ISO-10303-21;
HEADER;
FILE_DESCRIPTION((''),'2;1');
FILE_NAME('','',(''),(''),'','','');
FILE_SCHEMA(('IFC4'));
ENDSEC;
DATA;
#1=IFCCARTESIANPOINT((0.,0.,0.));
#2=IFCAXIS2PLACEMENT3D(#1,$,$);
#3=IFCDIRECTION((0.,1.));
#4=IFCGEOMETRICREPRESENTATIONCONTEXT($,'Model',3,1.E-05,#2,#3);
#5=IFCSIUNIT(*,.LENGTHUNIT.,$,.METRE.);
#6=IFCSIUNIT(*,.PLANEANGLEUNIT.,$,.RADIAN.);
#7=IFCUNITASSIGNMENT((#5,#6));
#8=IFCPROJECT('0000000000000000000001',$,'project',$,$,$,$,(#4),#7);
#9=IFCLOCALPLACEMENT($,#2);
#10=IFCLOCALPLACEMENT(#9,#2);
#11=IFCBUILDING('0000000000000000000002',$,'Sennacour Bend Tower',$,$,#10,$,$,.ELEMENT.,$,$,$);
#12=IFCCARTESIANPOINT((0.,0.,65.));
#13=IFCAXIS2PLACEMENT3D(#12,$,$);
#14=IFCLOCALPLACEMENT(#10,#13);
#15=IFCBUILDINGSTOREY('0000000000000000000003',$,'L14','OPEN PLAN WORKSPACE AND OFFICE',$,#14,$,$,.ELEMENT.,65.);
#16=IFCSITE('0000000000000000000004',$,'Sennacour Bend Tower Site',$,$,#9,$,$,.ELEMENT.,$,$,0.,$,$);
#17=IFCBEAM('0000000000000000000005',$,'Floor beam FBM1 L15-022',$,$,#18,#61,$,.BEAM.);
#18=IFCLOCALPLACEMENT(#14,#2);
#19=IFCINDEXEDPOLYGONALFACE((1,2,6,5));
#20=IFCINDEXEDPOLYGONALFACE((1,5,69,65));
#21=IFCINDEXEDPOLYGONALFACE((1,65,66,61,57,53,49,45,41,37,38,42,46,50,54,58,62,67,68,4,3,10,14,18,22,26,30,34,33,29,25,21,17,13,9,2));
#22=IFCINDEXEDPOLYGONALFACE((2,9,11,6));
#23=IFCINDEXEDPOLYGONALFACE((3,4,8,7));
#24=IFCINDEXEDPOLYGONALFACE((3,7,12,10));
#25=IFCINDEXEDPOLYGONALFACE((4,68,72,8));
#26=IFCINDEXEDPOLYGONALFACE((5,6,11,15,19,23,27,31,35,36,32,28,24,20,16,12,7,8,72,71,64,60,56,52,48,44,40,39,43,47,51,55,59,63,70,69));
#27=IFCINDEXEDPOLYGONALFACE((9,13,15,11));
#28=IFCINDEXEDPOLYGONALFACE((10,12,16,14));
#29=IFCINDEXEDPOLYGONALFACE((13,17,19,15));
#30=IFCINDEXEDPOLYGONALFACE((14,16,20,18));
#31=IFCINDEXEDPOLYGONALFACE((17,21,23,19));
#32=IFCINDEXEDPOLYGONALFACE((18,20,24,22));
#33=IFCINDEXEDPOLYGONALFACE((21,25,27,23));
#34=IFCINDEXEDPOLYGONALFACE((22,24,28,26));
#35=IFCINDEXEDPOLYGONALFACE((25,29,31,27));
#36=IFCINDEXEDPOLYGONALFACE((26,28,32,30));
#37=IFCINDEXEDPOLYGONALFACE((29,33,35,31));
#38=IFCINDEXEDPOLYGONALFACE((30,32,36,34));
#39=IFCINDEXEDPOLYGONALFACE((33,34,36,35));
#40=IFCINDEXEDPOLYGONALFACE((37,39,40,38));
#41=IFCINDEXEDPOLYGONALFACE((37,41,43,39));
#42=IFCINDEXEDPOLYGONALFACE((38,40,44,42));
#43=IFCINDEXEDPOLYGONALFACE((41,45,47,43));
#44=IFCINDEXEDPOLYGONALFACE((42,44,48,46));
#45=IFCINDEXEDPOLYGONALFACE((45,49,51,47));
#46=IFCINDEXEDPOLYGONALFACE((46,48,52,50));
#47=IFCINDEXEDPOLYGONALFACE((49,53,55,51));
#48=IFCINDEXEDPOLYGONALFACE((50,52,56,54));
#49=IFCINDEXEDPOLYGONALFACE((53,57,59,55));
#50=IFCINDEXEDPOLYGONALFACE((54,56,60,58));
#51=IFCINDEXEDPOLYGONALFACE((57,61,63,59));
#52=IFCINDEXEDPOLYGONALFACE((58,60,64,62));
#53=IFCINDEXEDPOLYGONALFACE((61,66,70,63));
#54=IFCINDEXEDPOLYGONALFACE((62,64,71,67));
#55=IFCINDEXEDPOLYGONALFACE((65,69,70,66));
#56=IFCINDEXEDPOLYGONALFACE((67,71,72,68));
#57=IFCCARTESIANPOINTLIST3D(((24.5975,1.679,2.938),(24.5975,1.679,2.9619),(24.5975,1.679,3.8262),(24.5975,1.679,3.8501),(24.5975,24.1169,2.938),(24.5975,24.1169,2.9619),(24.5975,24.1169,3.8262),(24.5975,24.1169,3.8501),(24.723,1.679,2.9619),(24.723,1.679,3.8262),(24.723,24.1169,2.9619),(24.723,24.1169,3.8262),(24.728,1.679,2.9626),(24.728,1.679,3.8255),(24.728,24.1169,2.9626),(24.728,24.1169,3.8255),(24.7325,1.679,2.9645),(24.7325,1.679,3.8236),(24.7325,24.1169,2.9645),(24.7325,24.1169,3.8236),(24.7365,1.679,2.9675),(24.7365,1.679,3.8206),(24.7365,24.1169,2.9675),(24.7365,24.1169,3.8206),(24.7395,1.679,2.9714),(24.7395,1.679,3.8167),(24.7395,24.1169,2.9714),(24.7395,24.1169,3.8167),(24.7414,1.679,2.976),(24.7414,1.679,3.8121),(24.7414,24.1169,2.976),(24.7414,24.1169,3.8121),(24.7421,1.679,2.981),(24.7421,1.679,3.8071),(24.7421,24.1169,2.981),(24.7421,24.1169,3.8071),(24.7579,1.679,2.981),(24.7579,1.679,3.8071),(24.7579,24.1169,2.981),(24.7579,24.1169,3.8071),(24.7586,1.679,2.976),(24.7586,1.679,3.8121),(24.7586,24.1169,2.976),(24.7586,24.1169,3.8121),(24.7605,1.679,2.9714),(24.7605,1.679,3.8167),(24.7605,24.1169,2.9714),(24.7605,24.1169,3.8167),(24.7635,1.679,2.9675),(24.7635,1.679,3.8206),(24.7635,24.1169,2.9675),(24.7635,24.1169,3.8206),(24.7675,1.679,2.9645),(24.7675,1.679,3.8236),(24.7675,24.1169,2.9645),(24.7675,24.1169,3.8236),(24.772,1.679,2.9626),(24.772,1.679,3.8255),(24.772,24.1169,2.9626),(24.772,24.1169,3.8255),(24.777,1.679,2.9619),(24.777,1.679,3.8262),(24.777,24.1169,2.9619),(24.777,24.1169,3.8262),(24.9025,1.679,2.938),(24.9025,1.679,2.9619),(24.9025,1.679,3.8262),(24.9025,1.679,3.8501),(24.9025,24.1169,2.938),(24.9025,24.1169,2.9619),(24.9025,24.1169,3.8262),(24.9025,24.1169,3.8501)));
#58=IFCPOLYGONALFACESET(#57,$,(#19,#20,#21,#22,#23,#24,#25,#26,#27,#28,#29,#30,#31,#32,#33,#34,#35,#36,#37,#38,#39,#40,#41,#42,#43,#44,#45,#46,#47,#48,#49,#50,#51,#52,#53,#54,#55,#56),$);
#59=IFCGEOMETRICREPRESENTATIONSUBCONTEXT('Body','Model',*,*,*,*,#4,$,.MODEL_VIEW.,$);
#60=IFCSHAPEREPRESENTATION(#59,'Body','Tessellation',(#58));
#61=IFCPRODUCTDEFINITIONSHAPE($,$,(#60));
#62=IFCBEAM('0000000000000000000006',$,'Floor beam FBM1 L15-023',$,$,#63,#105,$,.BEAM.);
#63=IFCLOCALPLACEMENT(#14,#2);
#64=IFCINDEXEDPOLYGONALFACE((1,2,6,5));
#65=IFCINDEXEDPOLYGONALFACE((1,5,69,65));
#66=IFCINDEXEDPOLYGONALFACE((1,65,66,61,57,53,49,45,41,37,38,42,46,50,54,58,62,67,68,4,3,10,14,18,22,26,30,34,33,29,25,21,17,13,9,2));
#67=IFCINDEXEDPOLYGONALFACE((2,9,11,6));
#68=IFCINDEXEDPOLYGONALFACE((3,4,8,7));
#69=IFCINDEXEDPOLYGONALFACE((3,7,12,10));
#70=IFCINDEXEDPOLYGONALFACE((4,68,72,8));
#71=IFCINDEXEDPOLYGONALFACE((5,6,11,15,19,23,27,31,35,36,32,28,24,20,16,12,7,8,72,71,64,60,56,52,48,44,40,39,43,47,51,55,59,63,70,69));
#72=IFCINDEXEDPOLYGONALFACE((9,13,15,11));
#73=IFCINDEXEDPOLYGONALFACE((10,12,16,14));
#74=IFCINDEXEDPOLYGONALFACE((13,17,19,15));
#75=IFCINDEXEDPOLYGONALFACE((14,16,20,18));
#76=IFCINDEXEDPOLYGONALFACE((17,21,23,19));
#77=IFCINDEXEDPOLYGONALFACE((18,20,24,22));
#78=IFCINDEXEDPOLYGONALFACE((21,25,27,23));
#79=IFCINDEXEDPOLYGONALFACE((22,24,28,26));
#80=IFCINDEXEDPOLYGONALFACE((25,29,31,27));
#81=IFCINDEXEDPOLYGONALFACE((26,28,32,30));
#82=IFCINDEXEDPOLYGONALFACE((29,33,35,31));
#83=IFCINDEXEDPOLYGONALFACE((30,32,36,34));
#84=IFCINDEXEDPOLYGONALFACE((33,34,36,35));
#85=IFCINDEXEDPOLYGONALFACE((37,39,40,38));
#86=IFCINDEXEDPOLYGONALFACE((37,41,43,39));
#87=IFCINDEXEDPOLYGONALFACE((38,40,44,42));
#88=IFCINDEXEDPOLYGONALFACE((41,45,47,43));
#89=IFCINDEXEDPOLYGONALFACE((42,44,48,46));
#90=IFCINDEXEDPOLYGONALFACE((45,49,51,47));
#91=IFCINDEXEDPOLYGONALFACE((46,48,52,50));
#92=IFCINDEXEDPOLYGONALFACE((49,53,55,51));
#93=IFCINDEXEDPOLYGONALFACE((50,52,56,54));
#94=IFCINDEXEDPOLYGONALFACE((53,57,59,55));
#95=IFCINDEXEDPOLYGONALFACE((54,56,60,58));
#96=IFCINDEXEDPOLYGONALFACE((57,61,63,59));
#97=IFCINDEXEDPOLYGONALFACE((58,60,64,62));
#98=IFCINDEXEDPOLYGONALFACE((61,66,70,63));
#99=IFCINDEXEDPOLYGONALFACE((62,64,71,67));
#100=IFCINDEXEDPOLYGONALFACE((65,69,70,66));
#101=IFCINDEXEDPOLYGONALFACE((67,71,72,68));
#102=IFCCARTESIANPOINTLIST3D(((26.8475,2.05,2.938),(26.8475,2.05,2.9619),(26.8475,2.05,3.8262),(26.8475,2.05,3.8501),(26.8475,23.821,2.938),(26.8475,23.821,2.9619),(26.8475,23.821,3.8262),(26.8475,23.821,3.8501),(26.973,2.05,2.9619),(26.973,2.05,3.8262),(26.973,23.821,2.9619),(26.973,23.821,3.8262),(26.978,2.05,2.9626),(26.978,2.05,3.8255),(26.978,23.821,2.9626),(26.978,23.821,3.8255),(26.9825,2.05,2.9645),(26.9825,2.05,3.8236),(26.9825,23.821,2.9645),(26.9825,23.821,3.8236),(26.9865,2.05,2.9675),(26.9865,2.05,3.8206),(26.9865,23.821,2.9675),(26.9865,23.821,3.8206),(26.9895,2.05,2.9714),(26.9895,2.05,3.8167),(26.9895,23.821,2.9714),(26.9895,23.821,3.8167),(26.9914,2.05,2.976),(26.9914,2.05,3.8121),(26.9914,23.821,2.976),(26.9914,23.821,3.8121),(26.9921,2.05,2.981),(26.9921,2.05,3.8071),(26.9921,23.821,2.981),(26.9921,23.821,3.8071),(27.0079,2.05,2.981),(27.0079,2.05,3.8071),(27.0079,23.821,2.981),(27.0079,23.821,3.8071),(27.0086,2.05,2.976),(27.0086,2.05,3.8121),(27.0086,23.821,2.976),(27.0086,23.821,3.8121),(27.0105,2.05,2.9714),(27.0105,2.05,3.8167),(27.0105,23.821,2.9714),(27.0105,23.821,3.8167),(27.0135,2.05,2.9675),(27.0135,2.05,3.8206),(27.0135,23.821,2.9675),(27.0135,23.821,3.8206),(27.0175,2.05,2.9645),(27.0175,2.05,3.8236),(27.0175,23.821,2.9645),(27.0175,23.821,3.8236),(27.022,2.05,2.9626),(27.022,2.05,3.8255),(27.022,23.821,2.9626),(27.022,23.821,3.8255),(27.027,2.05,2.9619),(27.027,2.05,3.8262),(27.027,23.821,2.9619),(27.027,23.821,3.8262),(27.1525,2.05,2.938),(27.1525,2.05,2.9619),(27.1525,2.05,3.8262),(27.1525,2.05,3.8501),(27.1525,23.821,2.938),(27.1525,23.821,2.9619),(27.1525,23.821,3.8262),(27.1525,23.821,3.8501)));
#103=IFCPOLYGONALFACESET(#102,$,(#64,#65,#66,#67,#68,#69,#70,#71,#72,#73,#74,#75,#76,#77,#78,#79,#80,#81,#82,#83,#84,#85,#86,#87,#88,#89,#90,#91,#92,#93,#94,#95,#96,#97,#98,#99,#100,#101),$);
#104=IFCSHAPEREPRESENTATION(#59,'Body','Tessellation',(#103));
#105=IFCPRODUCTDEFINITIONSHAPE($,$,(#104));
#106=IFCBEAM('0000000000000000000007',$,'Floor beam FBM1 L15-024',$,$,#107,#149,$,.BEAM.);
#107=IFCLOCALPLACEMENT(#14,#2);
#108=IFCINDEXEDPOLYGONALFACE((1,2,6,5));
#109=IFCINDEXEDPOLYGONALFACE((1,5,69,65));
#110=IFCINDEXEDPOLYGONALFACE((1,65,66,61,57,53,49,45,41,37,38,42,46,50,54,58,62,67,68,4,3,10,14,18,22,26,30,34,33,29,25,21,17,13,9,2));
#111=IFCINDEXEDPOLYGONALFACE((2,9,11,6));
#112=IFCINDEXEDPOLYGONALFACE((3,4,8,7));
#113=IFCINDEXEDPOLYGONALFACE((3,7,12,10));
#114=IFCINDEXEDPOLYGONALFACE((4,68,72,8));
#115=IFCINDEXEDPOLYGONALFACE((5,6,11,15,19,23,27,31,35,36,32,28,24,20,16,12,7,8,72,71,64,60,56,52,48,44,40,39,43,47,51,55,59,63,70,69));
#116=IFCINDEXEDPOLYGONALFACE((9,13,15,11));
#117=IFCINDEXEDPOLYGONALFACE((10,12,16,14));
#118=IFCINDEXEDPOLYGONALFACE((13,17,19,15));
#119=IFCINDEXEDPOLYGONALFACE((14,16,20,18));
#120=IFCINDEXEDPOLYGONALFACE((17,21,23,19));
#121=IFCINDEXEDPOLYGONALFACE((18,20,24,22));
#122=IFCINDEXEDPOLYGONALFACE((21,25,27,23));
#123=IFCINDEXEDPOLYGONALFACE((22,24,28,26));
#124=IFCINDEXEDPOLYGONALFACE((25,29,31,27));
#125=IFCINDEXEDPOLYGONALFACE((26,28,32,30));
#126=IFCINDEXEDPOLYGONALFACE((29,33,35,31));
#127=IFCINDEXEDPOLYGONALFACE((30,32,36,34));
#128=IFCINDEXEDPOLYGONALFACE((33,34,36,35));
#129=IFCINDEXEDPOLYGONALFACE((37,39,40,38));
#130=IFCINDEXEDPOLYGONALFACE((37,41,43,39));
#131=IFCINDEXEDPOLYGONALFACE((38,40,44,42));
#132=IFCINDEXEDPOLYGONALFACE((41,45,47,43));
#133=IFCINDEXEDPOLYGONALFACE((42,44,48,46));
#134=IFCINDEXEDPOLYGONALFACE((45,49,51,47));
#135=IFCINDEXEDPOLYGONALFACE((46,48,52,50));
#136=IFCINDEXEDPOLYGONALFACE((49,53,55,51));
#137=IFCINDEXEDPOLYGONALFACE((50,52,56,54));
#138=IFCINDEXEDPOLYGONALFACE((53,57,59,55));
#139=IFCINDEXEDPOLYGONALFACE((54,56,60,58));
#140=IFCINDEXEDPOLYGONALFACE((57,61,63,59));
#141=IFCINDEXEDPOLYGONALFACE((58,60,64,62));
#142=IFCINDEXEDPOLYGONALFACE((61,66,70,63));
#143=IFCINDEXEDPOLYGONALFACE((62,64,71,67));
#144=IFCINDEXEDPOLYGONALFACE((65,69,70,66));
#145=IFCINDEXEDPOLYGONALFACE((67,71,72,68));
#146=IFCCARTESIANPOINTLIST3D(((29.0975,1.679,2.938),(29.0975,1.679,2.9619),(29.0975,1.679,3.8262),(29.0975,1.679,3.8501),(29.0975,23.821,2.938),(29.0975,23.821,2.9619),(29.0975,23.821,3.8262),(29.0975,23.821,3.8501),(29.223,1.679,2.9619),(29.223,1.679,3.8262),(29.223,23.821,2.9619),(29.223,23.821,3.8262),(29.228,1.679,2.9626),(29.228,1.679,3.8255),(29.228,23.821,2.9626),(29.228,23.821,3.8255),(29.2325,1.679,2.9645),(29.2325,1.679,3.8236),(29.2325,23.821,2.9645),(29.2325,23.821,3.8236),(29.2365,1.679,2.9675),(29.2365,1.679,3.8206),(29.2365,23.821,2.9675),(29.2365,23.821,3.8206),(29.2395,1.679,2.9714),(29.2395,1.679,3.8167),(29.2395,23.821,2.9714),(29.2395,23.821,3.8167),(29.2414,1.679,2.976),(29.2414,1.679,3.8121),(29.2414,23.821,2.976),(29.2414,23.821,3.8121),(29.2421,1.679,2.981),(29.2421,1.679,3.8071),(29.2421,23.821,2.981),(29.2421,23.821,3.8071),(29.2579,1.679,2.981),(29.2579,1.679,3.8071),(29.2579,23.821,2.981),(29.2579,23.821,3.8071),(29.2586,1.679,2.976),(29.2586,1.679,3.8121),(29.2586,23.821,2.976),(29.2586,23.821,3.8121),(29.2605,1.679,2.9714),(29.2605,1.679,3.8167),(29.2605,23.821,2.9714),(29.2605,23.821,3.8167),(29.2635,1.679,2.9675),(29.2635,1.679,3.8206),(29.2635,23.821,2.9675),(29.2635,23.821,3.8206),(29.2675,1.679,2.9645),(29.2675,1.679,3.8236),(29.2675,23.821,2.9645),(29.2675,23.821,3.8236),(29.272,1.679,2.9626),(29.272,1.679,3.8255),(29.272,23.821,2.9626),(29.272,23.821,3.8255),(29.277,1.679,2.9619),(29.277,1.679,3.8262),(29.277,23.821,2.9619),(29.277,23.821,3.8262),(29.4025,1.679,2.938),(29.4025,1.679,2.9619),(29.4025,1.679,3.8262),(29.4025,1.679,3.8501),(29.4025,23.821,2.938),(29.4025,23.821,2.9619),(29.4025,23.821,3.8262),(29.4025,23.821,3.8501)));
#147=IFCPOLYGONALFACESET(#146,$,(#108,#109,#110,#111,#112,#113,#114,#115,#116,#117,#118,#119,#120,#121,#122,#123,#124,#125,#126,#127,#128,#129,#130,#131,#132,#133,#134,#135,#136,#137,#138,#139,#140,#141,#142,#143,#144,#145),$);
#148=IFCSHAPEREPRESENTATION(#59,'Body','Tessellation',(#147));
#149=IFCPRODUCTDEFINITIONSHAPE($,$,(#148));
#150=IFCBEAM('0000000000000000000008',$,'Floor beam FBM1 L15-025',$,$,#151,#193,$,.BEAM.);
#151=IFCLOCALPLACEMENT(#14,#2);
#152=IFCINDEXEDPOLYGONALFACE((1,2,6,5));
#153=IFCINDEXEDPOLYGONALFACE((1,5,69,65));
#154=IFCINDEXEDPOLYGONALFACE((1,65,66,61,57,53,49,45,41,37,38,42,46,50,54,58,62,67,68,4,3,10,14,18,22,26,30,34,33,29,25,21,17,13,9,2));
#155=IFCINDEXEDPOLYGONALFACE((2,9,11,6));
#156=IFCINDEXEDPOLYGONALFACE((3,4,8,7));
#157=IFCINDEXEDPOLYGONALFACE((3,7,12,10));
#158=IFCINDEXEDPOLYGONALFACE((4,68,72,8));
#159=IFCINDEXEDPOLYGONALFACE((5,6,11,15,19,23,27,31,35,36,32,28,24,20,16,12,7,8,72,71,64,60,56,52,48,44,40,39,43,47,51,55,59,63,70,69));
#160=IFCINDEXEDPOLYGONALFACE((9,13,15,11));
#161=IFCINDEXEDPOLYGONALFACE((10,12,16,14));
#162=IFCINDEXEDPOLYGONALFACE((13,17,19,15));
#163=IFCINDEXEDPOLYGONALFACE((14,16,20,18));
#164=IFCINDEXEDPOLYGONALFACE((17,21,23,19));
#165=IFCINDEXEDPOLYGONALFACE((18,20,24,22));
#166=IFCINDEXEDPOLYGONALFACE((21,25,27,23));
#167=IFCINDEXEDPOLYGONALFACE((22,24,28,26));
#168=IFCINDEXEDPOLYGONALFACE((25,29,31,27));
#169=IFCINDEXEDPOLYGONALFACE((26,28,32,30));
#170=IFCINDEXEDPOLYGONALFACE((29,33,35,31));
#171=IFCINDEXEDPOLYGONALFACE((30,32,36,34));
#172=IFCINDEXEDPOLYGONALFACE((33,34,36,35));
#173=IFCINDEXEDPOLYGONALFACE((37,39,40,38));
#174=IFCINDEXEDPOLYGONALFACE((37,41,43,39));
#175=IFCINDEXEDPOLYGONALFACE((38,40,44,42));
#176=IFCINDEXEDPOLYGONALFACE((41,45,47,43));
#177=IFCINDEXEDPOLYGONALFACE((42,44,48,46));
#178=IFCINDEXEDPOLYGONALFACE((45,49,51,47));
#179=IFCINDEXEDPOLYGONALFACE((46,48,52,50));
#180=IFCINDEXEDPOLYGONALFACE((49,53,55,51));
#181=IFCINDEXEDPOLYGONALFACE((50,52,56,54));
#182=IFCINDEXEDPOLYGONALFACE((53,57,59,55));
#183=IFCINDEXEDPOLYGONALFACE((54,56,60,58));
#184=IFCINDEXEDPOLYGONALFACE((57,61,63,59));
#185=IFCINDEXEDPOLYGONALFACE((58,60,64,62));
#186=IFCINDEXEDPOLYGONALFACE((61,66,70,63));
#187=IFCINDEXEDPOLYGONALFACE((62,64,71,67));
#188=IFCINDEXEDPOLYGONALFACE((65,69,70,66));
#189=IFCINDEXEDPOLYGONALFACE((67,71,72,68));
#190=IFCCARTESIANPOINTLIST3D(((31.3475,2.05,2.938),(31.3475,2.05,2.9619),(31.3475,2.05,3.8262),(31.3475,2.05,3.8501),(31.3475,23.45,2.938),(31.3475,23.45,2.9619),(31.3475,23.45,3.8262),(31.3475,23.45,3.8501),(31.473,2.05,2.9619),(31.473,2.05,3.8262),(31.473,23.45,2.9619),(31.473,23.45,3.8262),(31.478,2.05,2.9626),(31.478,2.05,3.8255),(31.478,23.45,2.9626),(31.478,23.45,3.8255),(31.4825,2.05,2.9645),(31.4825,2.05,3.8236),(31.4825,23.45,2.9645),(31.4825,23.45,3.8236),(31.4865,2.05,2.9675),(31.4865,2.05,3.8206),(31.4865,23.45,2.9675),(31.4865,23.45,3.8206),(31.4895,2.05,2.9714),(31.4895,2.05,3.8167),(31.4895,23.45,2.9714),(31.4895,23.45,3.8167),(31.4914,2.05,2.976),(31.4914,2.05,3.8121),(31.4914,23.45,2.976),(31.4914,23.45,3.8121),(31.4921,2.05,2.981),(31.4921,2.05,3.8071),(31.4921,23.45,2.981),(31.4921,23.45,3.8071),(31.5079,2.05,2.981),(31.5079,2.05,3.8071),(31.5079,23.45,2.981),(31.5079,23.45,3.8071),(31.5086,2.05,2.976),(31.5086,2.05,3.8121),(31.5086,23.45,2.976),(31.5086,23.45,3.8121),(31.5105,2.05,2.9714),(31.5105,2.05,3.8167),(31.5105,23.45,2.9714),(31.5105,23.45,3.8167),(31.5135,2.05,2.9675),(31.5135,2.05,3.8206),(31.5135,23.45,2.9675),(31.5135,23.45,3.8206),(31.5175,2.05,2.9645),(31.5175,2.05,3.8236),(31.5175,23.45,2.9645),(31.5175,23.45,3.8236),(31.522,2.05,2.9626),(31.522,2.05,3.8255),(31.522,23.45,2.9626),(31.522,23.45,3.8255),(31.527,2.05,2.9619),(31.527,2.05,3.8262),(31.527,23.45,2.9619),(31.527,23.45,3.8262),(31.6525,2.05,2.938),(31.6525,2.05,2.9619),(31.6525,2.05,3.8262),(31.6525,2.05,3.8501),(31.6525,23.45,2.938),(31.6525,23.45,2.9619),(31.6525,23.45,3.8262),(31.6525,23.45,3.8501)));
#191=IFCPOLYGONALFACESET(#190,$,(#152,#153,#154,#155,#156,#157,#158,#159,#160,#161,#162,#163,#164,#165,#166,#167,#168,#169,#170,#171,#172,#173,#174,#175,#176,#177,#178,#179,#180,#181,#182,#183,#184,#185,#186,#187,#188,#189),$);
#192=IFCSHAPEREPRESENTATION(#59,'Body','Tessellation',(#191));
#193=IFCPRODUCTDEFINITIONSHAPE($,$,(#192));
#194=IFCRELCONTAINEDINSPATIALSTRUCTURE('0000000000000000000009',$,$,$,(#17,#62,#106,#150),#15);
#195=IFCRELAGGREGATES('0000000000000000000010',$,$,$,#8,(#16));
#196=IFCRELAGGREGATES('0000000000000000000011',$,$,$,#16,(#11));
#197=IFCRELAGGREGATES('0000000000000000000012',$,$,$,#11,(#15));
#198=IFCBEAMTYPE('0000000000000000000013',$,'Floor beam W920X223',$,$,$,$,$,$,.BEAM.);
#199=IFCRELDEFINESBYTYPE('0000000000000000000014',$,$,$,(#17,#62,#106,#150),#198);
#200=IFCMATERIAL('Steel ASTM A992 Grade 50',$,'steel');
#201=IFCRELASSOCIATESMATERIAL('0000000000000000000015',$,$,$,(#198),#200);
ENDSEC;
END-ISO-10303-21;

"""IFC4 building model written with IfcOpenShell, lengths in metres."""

from ifc_helpers import new_model, si_unit, direction, frame, origin, origin_2d, place, context, subcontext, project, spatial, i_section, extrude, material, material_profile, profile_set, type_object, element, save


model = new_model("IFC4")

# Units and contexts
model_context = context("Model", 3, precision=1e-05, world=origin(), true_north=direction((0.0, 1.0)))
body_context = subcontext(model_context, "Body", "Model", "MODEL_VIEW")
ifc_project = project(units=[si_unit("LENGTHUNIT", "METRE"), si_unit("PLANEANGLEUNIT", "RADIAN")], contexts=[model_context])

# Site, building, storey
site_placement = place(None, origin())
site = spatial("IfcSite", under=ifc_project, at=site_placement, Name="Sennacour Bend Tower Site", CompositionType="ELEMENT", RefElevation=0.0)
building_placement = place(site_placement, origin())
building = spatial("IfcBuilding", under=site, at=building_placement, Name="Sennacour Bend Tower", CompositionType="ELEMENT")
storey_placement = place(building_placement, frame((0.0, 0.0, 65.0)))
storey = spatial("IfcBuildingStorey", under=building, at=storey_placement, Name="L14", Description="OPEN PLAN WORKSPACE AND OFFICE", CompositionType="ELEMENT", Elevation=65.0)

# Beams
ifc_material_1 = material(Name="Steel ASTM A992 Grade 50", Category="steel")
ifc_material_profile_1 = material_profile(ifc_material_1, i_section(OverallWidth=0.3049, OverallDepth=0.9121, WebThickness=0.0159, FlangeThickness=0.0239, FilletRadius=0.019, at=origin_2d()), Name="Steel ASTM A992 Grade 50", Category="steel")
ifc_profile_set_1 = profile_set([ifc_material_profile_1], Name="Steel ASTM A992 Grade 50")
beam_type_1 = type_object("IfcBeamType", Name="Floor beam W920X223", PredefinedType="BEAM", material=ifc_profile_set_1)
beam_1_placement = place(storey_placement, frame((24.75, 1.679, 3.394), z_axis=(0.0, 1.0, 0.0), x_axis=(-1.0, 0.0, 0.0)))
element("IfcBeam", 1, at=beam_1_placement, inside=storey, type_object=beam_type_1, Name="Floor beam FBM1 L15-022", PredefinedType="BEAM", context=body_context, shape_type="SweptSolid", body=[
    extrude(i_section(OverallWidth=0.3049, OverallDepth=0.9121, WebThickness=0.0159, FlangeThickness=0.0239, FilletRadius=0.019, at=origin_2d()), origin(), (0.0, 0.0, 1.0), 22.438),
])
beam_2_placement = place(storey_placement, frame((27.0, 2.05, 3.394), z_axis=(0.0, 1.0, 0.0), x_axis=(-1.0, 0.0, 0.0)))
element("IfcBeam", 2, at=beam_2_placement, inside=storey, type_object=beam_type_1, Name="Floor beam FBM1 L15-023", PredefinedType="BEAM", context=body_context, shape_type="SweptSolid", body=[
    extrude(i_section(OverallWidth=0.3049, OverallDepth=0.9121, WebThickness=0.0159, FlangeThickness=0.0239, FilletRadius=0.019, at=origin_2d()), origin(), (0.0, 0.0, 1.0), 21.771),
])
beam_3_placement = place(storey_placement, frame((29.25, 1.679, 3.394), z_axis=(0.0, 1.0, 0.0), x_axis=(-1.0, 0.0, 0.0)))
element("IfcBeam", 3, at=beam_3_placement, inside=storey, type_object=beam_type_1, Name="Floor beam FBM1 L15-024", PredefinedType="BEAM", context=body_context, shape_type="SweptSolid", body=[
    extrude(i_section(OverallWidth=0.3049, OverallDepth=0.9121, WebThickness=0.0159, FlangeThickness=0.0239, FilletRadius=0.019, at=origin_2d()), origin(), (0.0, 0.0, 1.0), 22.1421),
])
beam_4_placement = place(storey_placement, frame((31.5, 2.05, 3.394), z_axis=(0.0, 1.0, 0.0), x_axis=(-1.0, 0.0, 0.0)))
element("IfcBeam", 4, at=beam_4_placement, inside=storey, type_object=beam_type_1, Name="Floor beam FBM1 L15-025", PredefinedType="BEAM", context=body_context, shape_type="SweptSolid", body=[
    extrude(i_section(OverallWidth=0.3049, OverallDepth=0.9121, WebThickness=0.0159, FlangeThickness=0.0239, FilletRadius=0.019, at=origin_2d()), origin(), (0.0, 0.0, 1.0), 21.3999),
])

save(model, "model.ifc")
